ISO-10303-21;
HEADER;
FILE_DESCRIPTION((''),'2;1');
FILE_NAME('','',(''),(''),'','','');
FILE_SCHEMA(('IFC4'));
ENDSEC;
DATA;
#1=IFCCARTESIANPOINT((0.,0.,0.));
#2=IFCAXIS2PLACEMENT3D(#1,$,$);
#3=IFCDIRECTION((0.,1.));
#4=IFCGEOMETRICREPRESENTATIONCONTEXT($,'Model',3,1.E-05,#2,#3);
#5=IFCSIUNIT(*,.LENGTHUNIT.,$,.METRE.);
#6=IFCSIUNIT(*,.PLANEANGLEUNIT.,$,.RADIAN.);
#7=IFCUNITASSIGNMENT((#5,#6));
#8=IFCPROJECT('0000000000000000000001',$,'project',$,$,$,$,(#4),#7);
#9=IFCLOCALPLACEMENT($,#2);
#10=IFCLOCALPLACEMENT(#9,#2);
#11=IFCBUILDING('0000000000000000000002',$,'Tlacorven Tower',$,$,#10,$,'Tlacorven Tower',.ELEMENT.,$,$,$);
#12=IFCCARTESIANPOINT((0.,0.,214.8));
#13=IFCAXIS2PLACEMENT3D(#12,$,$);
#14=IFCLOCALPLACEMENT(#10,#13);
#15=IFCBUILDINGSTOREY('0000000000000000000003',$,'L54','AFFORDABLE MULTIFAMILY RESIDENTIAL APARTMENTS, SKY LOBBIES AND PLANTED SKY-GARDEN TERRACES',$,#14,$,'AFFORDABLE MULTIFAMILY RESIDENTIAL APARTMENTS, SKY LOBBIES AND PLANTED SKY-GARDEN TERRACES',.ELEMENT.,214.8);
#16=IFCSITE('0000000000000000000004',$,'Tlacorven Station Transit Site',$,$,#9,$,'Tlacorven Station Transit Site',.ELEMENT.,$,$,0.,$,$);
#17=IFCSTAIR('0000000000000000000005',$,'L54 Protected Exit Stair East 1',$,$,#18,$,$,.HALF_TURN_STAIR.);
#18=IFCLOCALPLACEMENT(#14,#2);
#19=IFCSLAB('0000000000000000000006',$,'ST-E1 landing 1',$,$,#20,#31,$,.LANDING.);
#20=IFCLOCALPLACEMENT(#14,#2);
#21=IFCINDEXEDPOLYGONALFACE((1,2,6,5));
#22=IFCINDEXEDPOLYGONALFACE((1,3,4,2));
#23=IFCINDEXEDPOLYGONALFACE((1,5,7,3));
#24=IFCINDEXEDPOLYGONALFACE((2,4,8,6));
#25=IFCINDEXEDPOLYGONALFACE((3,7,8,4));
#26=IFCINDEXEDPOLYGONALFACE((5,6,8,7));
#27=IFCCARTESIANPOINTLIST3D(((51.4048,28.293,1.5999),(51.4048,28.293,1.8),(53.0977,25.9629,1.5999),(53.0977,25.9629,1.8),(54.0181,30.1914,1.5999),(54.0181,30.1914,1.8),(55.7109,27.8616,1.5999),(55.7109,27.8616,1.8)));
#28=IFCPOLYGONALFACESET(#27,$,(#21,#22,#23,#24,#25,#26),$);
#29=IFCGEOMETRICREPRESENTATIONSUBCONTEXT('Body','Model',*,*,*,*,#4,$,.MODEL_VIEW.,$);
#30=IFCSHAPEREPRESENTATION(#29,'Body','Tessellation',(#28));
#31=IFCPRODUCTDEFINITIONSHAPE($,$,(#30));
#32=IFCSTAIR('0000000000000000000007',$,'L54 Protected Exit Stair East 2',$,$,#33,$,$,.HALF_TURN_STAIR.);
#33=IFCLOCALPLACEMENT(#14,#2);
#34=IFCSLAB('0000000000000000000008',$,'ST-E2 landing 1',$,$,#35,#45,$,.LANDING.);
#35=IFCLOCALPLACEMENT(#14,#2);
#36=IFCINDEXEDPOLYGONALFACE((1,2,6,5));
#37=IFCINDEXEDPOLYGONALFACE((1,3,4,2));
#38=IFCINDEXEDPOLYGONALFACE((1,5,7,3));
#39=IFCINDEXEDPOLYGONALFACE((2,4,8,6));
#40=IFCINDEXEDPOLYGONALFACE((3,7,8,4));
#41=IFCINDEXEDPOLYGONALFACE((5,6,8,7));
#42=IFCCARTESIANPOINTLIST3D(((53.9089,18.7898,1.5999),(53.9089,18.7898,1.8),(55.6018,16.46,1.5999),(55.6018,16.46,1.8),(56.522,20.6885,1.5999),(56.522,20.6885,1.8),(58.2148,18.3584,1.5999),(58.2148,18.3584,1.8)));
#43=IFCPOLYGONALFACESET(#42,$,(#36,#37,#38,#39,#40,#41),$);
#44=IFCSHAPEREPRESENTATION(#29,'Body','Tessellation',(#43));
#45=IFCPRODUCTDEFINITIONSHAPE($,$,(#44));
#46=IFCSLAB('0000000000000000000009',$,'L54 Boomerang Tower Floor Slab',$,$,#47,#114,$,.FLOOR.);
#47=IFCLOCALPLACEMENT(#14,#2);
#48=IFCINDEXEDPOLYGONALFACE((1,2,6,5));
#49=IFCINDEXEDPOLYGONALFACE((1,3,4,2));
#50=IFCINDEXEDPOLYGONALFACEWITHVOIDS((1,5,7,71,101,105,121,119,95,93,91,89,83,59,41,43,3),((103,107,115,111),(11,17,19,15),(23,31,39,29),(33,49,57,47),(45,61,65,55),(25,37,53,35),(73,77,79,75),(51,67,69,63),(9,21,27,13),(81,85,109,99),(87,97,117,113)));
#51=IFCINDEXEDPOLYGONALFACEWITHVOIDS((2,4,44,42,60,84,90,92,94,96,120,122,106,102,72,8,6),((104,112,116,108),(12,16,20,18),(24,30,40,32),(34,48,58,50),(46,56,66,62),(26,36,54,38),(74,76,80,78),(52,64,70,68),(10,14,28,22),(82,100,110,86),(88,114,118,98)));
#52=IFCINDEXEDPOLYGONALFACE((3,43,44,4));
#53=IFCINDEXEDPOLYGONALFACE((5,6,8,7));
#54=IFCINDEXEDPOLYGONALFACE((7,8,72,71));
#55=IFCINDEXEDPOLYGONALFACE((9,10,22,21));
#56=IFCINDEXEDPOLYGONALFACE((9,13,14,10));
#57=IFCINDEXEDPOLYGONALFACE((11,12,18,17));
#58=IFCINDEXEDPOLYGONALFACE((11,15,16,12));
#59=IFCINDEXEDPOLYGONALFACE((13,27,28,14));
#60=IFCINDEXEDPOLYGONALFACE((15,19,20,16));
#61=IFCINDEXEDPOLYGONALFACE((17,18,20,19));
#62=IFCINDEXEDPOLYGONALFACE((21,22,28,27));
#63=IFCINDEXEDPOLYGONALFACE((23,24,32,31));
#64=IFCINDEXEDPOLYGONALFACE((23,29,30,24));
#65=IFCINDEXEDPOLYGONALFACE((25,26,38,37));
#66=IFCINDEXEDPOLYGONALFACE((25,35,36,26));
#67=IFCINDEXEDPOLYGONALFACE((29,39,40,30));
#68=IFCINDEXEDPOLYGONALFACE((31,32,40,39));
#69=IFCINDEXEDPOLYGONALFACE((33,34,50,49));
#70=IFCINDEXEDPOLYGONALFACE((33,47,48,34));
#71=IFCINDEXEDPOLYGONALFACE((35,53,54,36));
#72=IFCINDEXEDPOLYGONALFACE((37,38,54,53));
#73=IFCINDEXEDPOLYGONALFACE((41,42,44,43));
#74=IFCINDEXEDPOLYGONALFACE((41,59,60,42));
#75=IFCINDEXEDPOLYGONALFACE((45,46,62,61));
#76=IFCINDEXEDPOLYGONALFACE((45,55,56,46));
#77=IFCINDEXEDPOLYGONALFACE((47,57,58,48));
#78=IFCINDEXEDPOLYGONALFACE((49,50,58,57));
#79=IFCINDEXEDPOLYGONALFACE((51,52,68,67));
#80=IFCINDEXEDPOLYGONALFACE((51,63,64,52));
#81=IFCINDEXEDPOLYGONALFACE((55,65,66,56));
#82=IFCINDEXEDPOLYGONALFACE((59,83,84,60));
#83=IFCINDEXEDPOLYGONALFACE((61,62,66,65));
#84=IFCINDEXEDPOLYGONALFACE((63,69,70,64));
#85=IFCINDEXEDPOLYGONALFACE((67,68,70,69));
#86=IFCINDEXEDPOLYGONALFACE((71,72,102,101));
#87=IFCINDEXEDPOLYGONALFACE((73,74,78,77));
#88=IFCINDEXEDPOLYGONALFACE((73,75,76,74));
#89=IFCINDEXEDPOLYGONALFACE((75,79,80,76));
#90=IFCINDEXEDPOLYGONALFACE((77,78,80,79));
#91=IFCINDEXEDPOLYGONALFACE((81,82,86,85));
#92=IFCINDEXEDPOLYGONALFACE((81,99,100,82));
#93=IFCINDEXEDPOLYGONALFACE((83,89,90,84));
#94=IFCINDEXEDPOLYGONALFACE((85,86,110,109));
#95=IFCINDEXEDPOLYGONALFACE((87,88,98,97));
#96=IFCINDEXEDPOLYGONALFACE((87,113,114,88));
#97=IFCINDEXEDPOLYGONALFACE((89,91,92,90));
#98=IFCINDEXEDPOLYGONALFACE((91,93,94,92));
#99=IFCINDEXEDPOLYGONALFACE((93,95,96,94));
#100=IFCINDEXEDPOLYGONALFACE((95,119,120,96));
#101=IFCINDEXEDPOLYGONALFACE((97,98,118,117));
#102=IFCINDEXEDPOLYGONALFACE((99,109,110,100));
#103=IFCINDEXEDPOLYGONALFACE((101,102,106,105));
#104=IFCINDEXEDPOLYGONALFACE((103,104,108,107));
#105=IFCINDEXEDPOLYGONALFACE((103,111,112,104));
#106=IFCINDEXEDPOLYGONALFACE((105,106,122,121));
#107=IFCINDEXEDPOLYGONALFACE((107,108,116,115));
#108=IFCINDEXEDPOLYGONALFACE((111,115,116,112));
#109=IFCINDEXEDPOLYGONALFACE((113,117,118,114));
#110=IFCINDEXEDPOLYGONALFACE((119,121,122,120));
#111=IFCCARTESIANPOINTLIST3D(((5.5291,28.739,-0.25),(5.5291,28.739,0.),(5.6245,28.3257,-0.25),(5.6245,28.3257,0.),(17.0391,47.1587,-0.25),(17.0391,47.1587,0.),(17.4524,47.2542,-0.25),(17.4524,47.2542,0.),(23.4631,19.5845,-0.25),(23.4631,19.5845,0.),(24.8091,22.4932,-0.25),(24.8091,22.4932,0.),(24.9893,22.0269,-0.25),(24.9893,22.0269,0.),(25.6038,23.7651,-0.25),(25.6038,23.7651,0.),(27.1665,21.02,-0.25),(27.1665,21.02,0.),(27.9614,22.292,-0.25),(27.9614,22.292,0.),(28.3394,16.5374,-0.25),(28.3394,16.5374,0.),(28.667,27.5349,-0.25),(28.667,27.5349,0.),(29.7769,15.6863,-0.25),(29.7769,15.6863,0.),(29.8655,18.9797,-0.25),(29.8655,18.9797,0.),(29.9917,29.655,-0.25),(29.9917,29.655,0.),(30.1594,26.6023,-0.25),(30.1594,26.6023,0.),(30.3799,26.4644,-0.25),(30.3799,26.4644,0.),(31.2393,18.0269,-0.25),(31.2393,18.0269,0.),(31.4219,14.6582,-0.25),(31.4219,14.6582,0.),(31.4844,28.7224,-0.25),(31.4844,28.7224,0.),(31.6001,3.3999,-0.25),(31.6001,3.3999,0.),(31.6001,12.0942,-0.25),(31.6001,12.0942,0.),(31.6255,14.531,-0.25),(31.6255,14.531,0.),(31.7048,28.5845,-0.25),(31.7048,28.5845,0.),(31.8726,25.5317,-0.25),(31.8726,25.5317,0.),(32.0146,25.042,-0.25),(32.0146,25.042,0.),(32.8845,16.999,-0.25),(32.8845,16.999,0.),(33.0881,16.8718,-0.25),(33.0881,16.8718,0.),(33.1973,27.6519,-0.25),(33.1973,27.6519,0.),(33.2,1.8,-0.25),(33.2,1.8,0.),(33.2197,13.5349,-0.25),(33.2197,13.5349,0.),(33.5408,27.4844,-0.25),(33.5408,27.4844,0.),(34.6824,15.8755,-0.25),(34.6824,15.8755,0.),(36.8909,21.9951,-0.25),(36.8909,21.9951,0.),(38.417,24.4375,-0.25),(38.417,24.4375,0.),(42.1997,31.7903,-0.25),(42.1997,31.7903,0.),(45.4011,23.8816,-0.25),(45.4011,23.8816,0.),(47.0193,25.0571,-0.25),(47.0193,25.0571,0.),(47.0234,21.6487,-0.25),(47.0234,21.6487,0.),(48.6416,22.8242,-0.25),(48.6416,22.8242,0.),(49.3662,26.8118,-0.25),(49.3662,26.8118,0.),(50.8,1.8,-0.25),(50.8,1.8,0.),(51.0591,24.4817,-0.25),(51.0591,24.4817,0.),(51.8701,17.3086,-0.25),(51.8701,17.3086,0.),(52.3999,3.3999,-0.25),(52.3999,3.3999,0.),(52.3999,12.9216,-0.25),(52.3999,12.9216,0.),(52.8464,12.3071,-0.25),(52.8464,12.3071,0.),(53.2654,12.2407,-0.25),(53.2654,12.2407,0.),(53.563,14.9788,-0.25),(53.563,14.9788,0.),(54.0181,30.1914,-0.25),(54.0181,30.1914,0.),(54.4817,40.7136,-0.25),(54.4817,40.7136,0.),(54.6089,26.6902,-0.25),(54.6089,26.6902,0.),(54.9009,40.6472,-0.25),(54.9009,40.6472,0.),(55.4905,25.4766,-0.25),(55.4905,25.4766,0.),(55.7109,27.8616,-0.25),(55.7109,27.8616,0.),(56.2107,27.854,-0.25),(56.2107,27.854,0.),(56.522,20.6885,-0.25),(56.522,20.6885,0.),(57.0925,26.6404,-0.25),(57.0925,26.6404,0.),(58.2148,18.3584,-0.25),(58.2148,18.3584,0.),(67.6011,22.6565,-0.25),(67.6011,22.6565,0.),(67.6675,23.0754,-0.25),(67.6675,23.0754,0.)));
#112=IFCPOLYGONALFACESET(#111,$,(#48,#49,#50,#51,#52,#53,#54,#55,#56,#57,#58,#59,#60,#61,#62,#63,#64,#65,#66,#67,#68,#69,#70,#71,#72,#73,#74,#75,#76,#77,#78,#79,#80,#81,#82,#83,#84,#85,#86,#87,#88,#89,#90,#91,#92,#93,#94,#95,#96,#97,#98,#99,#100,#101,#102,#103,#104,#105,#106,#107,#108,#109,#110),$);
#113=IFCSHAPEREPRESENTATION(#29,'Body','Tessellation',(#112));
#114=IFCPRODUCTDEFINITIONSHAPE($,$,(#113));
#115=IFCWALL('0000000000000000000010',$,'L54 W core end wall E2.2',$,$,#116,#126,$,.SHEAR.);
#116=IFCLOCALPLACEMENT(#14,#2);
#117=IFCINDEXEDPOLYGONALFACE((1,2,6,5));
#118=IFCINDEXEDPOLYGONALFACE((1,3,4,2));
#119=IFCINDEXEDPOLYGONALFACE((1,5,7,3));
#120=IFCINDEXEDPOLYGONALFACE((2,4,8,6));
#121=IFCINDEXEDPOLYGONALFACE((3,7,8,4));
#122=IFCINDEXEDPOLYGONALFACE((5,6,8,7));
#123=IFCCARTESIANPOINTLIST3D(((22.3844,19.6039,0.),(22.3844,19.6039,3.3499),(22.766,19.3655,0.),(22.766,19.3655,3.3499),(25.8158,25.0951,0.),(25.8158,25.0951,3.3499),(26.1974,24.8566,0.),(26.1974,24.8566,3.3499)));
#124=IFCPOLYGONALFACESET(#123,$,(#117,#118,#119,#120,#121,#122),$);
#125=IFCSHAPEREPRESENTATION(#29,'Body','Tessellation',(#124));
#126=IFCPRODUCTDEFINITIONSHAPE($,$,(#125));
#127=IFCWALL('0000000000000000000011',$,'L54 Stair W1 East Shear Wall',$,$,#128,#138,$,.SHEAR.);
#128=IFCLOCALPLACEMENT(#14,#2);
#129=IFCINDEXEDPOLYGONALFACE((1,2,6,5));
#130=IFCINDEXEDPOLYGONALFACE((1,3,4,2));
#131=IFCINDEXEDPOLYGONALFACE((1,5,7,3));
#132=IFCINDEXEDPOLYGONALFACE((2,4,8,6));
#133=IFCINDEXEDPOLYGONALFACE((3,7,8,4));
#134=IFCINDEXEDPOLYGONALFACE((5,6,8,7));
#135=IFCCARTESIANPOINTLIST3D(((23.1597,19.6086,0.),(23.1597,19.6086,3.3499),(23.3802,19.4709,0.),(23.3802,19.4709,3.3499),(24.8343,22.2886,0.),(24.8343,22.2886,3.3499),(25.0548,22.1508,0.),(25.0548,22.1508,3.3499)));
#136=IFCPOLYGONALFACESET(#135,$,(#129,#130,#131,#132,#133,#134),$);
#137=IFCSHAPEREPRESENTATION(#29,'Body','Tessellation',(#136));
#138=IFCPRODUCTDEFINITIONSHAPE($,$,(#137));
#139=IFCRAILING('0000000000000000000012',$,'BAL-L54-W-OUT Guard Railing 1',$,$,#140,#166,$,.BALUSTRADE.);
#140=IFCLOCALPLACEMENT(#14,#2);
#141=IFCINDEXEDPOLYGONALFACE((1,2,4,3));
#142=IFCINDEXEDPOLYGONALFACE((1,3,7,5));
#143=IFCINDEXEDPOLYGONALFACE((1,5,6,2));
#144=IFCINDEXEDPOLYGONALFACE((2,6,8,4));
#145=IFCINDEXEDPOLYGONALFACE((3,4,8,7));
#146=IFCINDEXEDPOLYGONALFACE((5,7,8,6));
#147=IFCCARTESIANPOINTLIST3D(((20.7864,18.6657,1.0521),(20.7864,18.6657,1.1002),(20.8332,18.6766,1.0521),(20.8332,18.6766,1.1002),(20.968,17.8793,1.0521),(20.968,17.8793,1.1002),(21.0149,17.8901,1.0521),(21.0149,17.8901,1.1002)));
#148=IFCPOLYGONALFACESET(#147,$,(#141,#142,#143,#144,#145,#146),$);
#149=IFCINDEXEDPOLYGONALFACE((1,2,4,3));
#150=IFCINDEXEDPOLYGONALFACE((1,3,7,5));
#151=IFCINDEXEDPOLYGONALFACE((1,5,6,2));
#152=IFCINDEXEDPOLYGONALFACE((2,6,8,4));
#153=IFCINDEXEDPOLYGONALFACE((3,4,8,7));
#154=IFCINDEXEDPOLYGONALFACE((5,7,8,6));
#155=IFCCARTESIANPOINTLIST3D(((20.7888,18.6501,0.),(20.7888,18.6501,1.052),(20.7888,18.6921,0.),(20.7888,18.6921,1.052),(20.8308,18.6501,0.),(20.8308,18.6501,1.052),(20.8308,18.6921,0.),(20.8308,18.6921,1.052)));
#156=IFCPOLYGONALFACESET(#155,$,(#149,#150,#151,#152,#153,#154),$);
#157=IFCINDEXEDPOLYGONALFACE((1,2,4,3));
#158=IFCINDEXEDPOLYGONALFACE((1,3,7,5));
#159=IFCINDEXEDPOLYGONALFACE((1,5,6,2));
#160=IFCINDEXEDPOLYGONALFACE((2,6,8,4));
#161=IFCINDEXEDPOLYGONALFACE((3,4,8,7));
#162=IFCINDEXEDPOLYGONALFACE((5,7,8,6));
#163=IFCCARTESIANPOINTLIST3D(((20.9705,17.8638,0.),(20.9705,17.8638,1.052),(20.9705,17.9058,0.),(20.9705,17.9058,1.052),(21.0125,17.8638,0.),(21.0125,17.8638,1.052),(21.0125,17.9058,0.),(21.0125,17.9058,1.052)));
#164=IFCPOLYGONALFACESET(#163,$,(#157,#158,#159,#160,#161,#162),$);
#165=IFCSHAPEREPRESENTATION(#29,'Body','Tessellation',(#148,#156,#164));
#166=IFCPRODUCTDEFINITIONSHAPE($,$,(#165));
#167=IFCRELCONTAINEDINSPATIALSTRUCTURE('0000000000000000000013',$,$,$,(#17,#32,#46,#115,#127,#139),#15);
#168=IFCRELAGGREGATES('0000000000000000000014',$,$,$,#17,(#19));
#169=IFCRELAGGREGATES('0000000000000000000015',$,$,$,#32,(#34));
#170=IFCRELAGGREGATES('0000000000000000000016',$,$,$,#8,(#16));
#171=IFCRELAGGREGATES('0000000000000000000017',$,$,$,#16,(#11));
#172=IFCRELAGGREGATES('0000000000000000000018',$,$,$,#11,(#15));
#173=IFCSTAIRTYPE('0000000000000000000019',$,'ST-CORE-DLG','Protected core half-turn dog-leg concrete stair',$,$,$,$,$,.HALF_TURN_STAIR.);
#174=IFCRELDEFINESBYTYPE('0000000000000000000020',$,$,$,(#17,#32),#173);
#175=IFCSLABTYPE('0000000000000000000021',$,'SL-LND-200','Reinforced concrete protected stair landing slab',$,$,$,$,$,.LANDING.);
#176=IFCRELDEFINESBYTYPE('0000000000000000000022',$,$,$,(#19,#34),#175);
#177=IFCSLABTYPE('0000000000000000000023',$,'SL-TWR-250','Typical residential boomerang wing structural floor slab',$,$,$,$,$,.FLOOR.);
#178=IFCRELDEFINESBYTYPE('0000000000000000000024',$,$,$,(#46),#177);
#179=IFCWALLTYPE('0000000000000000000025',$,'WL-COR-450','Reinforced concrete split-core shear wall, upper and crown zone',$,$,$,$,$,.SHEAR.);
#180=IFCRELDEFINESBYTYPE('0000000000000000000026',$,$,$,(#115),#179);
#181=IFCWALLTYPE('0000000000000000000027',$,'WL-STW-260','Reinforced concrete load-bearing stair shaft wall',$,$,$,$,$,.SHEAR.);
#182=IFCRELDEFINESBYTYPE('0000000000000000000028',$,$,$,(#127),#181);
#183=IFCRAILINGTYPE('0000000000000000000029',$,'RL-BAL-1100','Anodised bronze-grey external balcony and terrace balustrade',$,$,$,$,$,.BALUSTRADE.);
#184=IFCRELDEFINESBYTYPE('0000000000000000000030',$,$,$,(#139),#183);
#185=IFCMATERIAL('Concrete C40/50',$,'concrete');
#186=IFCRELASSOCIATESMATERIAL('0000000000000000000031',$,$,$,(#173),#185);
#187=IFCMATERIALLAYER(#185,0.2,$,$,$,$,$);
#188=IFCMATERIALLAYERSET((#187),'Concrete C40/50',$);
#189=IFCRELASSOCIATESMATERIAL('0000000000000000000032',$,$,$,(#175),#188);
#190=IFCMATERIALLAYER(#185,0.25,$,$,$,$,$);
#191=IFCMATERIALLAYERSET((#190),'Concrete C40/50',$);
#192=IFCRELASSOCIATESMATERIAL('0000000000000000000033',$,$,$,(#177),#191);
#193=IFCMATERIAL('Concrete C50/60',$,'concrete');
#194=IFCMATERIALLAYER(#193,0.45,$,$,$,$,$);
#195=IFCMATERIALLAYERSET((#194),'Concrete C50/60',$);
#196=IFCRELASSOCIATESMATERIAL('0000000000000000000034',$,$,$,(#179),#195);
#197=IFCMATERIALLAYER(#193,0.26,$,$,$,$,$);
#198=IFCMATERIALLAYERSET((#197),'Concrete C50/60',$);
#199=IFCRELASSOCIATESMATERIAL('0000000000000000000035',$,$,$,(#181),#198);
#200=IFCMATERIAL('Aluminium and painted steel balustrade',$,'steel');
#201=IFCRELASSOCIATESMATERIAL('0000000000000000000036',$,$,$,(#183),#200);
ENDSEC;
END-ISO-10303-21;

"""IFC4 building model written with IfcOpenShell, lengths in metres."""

from ifc_helpers import new_model, si_unit, direction, frame, frame_2d, origin, origin_2d, place, context, subcontext, project, spatial, polyline, rectangle, outline, extrude, source, transform, mapped, material, layer, layer_set, type_object, element, aggregate, save


model = new_model("IFC4")

# Units and contexts
model_context = context("Model", 3, precision=1e-05, world=origin(), true_north=direction((0.0, 1.0)))
body_context = subcontext(model_context, "Body", "Model", "MODEL_VIEW")
ifc_project = project(units=[si_unit("LENGTHUNIT", "METRE"), si_unit("PLANEANGLEUNIT", "RADIAN")], contexts=[model_context])

# Site, building, storey
site_placement = place(None, origin())
site = spatial("IfcSite", under=ifc_project, at=site_placement, Name="Tlacorven Station Transit Site", LongName="Tlacorven Station Transit Site", CompositionType="ELEMENT", RefElevation=0.0)
building_placement = place(site_placement, origin())
building = spatial("IfcBuilding", under=site, at=building_placement, Name="Tlacorven Tower", LongName="Tlacorven Tower", CompositionType="ELEMENT")
storey_placement = place(building_placement, frame((0.0, 0.0, 214.8)))
storey = spatial("IfcBuildingStorey", under=building, at=storey_placement, Name="L54", Description="AFFORDABLE MULTIFAMILY RESIDENTIAL APARTMENTS, SKY LOBBIES AND PLANTED SKY-GARDEN TERRACES", LongName="AFFORDABLE MULTIFAMILY RESIDENTIAL APARTMENTS, SKY LOBBIES AND PLANTED SKY-GARDEN TERRACES", CompositionType="ELEMENT", Elevation=214.8)

# Stairs, slabs
ifc_material_1 = material(Name="Concrete C40/50", Category="concrete")
stair_type = type_object("IfcStairType", Name="ST-CORE-DLG", Description="Protected core half-turn dog-leg concrete stair", PredefinedType="HALF_TURN_STAIR", material=ifc_material_1)
ifc_layer_1 = layer(ifc_material_1, 0.2)
ifc_layer_set_1 = layer_set([ifc_layer_1], Name="Concrete C40/50")
slab_type_1 = type_object("IfcSlabType", Name="SL-LND-200", Description="Reinforced concrete protected stair landing slab", PredefinedType="LANDING", material=ifc_layer_set_1)
stair_1_placement = place(storey_placement, origin())
stair_1 = element("IfcStair", 1, at=stair_1_placement, inside=storey, type_object=stair_type, Name="L54 Protected Exit Stair East 1", PredefinedType="HALF_TURN_STAIR")
slab_1_placement = place(storey_placement, frame((0.0, 0.0, 1.5999)))
slab_1 = element("IfcSlab", 2, at=slab_1_placement, type_object=slab_type_1, Name="ST-E1 landing 1", PredefinedType="LANDING", context=body_context, shape_type="SweptSolid", body=[
    extrude(outline(polyline([(53.0977, 25.9629), (55.7109, 27.8616), (54.0181, 30.1914), (51.4048, 28.293), (53.0977, 25.9629)])), origin(), (0.0, 0.0, 1.0), 0.2002),
])
aggregate(stair_1, [slab_1])
stair_2_placement = place(storey_placement, origin())
stair_2 = element("IfcStair", 3, at=stair_2_placement, inside=storey, type_object=stair_type, Name="L54 Protected Exit Stair East 2", PredefinedType="HALF_TURN_STAIR")
slab_2_placement = place(storey_placement, frame((0.0, 0.0, 1.5999)))
slab_2 = element("IfcSlab", 4, at=slab_2_placement, type_object=slab_type_1, Name="ST-E2 landing 1", PredefinedType="LANDING", context=body_context, shape_type="SweptSolid", body=[
    extrude(outline(polyline([(55.6018, 16.46), (58.2148, 18.3584), (56.522, 20.6885), (53.9089, 18.7898), (55.6018, 16.46)])), origin(), (0.0, 0.0, 1.0), 0.2002),
])
aggregate(stair_2, [slab_2])

# Slab
ifc_layer_2 = layer(ifc_material_1, 0.25)
ifc_layer_set_2 = layer_set([ifc_layer_2], Name="Concrete C40/50")
slab_type_2 = type_object("IfcSlabType", Name="SL-TWR-250", Description="Typical residential boomerang wing structural floor slab", PredefinedType="FLOOR", material=ifc_layer_set_2)
slab_3_placement = place(storey_placement, frame((0.0, 0.0, -0.25)))
element("IfcSlab", 5, at=slab_3_placement, inside=storey, type_object=slab_type_2, Name="L54 Boomerang Tower Floor Slab", PredefinedType="FLOOR", context=body_context, shape_type="SweptSolid", body=[
    extrude(outline(polyline([(52.3999, 3.3999), (50.8, 1.8), (33.2, 1.8), (31.6001, 3.3999), (31.6001, 12.0942), (5.6245, 28.3257), (5.5291, 28.739), (17.0391, 47.1587), (17.4524, 47.2542), (42.1997, 31.7903), (54.4817, 40.7136), (54.9009, 40.6472), (67.6675, 23.0754), (67.6011, 22.6565), (53.2654, 12.2407), (52.8464, 12.3071), (52.3999, 12.9216), (52.3999, 3.3999)]), holes=[polyline([(29.8655, 18.9797), (24.9893, 22.0269), (23.4631, 19.5845), (28.3394, 16.5374), (29.8655, 18.9797)]), polyline([(38.417, 24.4375), (33.5408, 27.4844), (32.0146, 25.042), (36.8909, 21.9951), (38.417, 24.4375)]), polyline([(51.0591, 24.4817), (55.7109, 27.8616), (54.0181, 30.1914), (49.3662, 26.8118), (51.0591, 24.4817)]), polyline([(53.563, 14.9788), (58.2148, 18.3584), (56.522, 20.6885), (51.8701, 17.3086), (53.563, 14.9788)]), polyline([(34.6824, 15.8755), (33.0881, 16.8718), (31.6255, 14.531), (33.2197, 13.5349), (34.6824, 15.8755)]), polyline([(32.8845, 16.999), (31.2393, 18.0269), (29.7769, 15.6863), (31.4219, 14.6582), (32.8845, 16.999)]), polyline([(47.0234, 21.6487), (48.6416, 22.8242), (47.0193, 25.0571), (45.4011, 23.8816), (47.0234, 21.6487)]), polyline([(33.1973, 27.6519), (31.7048, 28.5845), (30.3799, 26.4644), (31.8726, 25.5317), (33.1973, 27.6519)]), polyline([(31.4844, 28.7224), (29.9917, 29.655), (28.667, 27.5349), (30.1594, 26.6023), (31.4844, 28.7224)]), polyline([(27.9614, 22.292), (25.6038, 23.7651), (24.8091, 22.4932), (27.1665, 21.02), (27.9614, 22.292)]), polyline([(55.4905, 25.4766), (57.0925, 26.6404), (56.2107, 27.854), (54.6089, 26.6902), (55.4905, 25.4766)])]), origin(), (0.0, 0.0, 1.0), 0.25),
])

# Walls
ifc_material_2 = material(Name="Concrete C50/60", Category="concrete")
ifc_layer_3 = layer(ifc_material_2, 0.45)
ifc_layer_set_3 = layer_set([ifc_layer_3], Name="Concrete C50/60")
wall_type_1 = type_object("IfcWallType", Name="WL-COR-450", Description="Reinforced concrete split-core shear wall, upper and crown zone", PredefinedType="SHEAR", material=ifc_layer_set_3)
wall_1_placement = place(storey_placement, frame((26.0066, 24.9758, 0.0), z_axis=(0.0, 0.0, 1.0), x_axis=(-0.529931, -0.848041, 0.0)))
element("IfcWall", 6, at=wall_1_placement, inside=storey, type_object=wall_type_1, Name="L54 W core end wall E2.2", PredefinedType="SHEAR", context=body_context, shape_type="SweptSolid", body=[
    extrude(rectangle(XDim=6.4751, YDim=0.45, at=frame_2d((3.2375, 0.0))), origin(), (0.0, 0.0, 1.0), 3.3499),
])
ifc_layer_4 = layer(ifc_material_2, 0.26)
ifc_layer_set_4 = layer_set([ifc_layer_4], Name="Concrete C50/60")
wall_type_2 = type_object("IfcWallType", Name="WL-STW-260", Description="Reinforced concrete load-bearing stair shaft wall", PredefinedType="SHEAR", material=ifc_layer_set_4)
wall_2_placement = place(storey_placement, frame((24.9446, 22.2197, 0.0), z_axis=(0.0, 0.0, 1.0), x_axis=(-0.529909, -0.848055, 0.0)))
element("IfcWall", 7, at=wall_2_placement, inside=storey, type_object=wall_type_2, Name="L54 Stair W1 East Shear Wall", PredefinedType="SHEAR", context=body_context, shape_type="SweptSolid", body=[
    extrude(rectangle(XDim=3.1602, YDim=0.26, at=frame_2d((1.5801, 0.0))), origin(), (0.0, 0.0, 1.0), 3.3499),
])

# Railing
ifc_material_3 = material(Name="Aluminium and painted steel balustrade", Category="steel")
railing_type = type_object("IfcRailingType", Name="RL-BAL-1100", Description="Anodised bronze-grey external balcony and terrace balustrade", PredefinedType="BALUSTRADE", material=ifc_material_3)
shared_shape_1 = source(origin(), body_context, "Body", "SweptSolid", [
    extrude(rectangle(XDim=0.0481, YDim=0.0481, at=origin_2d()), frame((0.0, 0.0, 1.0762), z_axis=(0.225058, -0.974345, 0.0), x_axis=(0.974345, 0.225058, 0.0)), (0.0, 0.0, 1.0), 0.8071),
    extrude(rectangle(XDim=0.042, YDim=0.042, at=origin_2d()), origin(), (0.0, 0.0, 1.0), 1.052),
    extrude(rectangle(XDim=0.042, YDim=0.042, at=origin_2d()), frame((0.1816, -0.7864, 0.0)), (0.0, 0.0, 1.0), 1.052),
])
railing_1_placement = place(storey_placement, frame((20.8098, 18.6711, 0.0)))
element("IfcRailing", 8, at=railing_1_placement, inside=storey, type_object=railing_type, Name="BAL-L54-W-OUT Guard Railing 1", PredefinedType="BALUSTRADE", context=body_context, shape_type="MappedRepresentation", body=[
    mapped(shared_shape_1, transform((0.0, 0.0, 0.0), scale=1.0)),
])

save(model, "model.ifc")
